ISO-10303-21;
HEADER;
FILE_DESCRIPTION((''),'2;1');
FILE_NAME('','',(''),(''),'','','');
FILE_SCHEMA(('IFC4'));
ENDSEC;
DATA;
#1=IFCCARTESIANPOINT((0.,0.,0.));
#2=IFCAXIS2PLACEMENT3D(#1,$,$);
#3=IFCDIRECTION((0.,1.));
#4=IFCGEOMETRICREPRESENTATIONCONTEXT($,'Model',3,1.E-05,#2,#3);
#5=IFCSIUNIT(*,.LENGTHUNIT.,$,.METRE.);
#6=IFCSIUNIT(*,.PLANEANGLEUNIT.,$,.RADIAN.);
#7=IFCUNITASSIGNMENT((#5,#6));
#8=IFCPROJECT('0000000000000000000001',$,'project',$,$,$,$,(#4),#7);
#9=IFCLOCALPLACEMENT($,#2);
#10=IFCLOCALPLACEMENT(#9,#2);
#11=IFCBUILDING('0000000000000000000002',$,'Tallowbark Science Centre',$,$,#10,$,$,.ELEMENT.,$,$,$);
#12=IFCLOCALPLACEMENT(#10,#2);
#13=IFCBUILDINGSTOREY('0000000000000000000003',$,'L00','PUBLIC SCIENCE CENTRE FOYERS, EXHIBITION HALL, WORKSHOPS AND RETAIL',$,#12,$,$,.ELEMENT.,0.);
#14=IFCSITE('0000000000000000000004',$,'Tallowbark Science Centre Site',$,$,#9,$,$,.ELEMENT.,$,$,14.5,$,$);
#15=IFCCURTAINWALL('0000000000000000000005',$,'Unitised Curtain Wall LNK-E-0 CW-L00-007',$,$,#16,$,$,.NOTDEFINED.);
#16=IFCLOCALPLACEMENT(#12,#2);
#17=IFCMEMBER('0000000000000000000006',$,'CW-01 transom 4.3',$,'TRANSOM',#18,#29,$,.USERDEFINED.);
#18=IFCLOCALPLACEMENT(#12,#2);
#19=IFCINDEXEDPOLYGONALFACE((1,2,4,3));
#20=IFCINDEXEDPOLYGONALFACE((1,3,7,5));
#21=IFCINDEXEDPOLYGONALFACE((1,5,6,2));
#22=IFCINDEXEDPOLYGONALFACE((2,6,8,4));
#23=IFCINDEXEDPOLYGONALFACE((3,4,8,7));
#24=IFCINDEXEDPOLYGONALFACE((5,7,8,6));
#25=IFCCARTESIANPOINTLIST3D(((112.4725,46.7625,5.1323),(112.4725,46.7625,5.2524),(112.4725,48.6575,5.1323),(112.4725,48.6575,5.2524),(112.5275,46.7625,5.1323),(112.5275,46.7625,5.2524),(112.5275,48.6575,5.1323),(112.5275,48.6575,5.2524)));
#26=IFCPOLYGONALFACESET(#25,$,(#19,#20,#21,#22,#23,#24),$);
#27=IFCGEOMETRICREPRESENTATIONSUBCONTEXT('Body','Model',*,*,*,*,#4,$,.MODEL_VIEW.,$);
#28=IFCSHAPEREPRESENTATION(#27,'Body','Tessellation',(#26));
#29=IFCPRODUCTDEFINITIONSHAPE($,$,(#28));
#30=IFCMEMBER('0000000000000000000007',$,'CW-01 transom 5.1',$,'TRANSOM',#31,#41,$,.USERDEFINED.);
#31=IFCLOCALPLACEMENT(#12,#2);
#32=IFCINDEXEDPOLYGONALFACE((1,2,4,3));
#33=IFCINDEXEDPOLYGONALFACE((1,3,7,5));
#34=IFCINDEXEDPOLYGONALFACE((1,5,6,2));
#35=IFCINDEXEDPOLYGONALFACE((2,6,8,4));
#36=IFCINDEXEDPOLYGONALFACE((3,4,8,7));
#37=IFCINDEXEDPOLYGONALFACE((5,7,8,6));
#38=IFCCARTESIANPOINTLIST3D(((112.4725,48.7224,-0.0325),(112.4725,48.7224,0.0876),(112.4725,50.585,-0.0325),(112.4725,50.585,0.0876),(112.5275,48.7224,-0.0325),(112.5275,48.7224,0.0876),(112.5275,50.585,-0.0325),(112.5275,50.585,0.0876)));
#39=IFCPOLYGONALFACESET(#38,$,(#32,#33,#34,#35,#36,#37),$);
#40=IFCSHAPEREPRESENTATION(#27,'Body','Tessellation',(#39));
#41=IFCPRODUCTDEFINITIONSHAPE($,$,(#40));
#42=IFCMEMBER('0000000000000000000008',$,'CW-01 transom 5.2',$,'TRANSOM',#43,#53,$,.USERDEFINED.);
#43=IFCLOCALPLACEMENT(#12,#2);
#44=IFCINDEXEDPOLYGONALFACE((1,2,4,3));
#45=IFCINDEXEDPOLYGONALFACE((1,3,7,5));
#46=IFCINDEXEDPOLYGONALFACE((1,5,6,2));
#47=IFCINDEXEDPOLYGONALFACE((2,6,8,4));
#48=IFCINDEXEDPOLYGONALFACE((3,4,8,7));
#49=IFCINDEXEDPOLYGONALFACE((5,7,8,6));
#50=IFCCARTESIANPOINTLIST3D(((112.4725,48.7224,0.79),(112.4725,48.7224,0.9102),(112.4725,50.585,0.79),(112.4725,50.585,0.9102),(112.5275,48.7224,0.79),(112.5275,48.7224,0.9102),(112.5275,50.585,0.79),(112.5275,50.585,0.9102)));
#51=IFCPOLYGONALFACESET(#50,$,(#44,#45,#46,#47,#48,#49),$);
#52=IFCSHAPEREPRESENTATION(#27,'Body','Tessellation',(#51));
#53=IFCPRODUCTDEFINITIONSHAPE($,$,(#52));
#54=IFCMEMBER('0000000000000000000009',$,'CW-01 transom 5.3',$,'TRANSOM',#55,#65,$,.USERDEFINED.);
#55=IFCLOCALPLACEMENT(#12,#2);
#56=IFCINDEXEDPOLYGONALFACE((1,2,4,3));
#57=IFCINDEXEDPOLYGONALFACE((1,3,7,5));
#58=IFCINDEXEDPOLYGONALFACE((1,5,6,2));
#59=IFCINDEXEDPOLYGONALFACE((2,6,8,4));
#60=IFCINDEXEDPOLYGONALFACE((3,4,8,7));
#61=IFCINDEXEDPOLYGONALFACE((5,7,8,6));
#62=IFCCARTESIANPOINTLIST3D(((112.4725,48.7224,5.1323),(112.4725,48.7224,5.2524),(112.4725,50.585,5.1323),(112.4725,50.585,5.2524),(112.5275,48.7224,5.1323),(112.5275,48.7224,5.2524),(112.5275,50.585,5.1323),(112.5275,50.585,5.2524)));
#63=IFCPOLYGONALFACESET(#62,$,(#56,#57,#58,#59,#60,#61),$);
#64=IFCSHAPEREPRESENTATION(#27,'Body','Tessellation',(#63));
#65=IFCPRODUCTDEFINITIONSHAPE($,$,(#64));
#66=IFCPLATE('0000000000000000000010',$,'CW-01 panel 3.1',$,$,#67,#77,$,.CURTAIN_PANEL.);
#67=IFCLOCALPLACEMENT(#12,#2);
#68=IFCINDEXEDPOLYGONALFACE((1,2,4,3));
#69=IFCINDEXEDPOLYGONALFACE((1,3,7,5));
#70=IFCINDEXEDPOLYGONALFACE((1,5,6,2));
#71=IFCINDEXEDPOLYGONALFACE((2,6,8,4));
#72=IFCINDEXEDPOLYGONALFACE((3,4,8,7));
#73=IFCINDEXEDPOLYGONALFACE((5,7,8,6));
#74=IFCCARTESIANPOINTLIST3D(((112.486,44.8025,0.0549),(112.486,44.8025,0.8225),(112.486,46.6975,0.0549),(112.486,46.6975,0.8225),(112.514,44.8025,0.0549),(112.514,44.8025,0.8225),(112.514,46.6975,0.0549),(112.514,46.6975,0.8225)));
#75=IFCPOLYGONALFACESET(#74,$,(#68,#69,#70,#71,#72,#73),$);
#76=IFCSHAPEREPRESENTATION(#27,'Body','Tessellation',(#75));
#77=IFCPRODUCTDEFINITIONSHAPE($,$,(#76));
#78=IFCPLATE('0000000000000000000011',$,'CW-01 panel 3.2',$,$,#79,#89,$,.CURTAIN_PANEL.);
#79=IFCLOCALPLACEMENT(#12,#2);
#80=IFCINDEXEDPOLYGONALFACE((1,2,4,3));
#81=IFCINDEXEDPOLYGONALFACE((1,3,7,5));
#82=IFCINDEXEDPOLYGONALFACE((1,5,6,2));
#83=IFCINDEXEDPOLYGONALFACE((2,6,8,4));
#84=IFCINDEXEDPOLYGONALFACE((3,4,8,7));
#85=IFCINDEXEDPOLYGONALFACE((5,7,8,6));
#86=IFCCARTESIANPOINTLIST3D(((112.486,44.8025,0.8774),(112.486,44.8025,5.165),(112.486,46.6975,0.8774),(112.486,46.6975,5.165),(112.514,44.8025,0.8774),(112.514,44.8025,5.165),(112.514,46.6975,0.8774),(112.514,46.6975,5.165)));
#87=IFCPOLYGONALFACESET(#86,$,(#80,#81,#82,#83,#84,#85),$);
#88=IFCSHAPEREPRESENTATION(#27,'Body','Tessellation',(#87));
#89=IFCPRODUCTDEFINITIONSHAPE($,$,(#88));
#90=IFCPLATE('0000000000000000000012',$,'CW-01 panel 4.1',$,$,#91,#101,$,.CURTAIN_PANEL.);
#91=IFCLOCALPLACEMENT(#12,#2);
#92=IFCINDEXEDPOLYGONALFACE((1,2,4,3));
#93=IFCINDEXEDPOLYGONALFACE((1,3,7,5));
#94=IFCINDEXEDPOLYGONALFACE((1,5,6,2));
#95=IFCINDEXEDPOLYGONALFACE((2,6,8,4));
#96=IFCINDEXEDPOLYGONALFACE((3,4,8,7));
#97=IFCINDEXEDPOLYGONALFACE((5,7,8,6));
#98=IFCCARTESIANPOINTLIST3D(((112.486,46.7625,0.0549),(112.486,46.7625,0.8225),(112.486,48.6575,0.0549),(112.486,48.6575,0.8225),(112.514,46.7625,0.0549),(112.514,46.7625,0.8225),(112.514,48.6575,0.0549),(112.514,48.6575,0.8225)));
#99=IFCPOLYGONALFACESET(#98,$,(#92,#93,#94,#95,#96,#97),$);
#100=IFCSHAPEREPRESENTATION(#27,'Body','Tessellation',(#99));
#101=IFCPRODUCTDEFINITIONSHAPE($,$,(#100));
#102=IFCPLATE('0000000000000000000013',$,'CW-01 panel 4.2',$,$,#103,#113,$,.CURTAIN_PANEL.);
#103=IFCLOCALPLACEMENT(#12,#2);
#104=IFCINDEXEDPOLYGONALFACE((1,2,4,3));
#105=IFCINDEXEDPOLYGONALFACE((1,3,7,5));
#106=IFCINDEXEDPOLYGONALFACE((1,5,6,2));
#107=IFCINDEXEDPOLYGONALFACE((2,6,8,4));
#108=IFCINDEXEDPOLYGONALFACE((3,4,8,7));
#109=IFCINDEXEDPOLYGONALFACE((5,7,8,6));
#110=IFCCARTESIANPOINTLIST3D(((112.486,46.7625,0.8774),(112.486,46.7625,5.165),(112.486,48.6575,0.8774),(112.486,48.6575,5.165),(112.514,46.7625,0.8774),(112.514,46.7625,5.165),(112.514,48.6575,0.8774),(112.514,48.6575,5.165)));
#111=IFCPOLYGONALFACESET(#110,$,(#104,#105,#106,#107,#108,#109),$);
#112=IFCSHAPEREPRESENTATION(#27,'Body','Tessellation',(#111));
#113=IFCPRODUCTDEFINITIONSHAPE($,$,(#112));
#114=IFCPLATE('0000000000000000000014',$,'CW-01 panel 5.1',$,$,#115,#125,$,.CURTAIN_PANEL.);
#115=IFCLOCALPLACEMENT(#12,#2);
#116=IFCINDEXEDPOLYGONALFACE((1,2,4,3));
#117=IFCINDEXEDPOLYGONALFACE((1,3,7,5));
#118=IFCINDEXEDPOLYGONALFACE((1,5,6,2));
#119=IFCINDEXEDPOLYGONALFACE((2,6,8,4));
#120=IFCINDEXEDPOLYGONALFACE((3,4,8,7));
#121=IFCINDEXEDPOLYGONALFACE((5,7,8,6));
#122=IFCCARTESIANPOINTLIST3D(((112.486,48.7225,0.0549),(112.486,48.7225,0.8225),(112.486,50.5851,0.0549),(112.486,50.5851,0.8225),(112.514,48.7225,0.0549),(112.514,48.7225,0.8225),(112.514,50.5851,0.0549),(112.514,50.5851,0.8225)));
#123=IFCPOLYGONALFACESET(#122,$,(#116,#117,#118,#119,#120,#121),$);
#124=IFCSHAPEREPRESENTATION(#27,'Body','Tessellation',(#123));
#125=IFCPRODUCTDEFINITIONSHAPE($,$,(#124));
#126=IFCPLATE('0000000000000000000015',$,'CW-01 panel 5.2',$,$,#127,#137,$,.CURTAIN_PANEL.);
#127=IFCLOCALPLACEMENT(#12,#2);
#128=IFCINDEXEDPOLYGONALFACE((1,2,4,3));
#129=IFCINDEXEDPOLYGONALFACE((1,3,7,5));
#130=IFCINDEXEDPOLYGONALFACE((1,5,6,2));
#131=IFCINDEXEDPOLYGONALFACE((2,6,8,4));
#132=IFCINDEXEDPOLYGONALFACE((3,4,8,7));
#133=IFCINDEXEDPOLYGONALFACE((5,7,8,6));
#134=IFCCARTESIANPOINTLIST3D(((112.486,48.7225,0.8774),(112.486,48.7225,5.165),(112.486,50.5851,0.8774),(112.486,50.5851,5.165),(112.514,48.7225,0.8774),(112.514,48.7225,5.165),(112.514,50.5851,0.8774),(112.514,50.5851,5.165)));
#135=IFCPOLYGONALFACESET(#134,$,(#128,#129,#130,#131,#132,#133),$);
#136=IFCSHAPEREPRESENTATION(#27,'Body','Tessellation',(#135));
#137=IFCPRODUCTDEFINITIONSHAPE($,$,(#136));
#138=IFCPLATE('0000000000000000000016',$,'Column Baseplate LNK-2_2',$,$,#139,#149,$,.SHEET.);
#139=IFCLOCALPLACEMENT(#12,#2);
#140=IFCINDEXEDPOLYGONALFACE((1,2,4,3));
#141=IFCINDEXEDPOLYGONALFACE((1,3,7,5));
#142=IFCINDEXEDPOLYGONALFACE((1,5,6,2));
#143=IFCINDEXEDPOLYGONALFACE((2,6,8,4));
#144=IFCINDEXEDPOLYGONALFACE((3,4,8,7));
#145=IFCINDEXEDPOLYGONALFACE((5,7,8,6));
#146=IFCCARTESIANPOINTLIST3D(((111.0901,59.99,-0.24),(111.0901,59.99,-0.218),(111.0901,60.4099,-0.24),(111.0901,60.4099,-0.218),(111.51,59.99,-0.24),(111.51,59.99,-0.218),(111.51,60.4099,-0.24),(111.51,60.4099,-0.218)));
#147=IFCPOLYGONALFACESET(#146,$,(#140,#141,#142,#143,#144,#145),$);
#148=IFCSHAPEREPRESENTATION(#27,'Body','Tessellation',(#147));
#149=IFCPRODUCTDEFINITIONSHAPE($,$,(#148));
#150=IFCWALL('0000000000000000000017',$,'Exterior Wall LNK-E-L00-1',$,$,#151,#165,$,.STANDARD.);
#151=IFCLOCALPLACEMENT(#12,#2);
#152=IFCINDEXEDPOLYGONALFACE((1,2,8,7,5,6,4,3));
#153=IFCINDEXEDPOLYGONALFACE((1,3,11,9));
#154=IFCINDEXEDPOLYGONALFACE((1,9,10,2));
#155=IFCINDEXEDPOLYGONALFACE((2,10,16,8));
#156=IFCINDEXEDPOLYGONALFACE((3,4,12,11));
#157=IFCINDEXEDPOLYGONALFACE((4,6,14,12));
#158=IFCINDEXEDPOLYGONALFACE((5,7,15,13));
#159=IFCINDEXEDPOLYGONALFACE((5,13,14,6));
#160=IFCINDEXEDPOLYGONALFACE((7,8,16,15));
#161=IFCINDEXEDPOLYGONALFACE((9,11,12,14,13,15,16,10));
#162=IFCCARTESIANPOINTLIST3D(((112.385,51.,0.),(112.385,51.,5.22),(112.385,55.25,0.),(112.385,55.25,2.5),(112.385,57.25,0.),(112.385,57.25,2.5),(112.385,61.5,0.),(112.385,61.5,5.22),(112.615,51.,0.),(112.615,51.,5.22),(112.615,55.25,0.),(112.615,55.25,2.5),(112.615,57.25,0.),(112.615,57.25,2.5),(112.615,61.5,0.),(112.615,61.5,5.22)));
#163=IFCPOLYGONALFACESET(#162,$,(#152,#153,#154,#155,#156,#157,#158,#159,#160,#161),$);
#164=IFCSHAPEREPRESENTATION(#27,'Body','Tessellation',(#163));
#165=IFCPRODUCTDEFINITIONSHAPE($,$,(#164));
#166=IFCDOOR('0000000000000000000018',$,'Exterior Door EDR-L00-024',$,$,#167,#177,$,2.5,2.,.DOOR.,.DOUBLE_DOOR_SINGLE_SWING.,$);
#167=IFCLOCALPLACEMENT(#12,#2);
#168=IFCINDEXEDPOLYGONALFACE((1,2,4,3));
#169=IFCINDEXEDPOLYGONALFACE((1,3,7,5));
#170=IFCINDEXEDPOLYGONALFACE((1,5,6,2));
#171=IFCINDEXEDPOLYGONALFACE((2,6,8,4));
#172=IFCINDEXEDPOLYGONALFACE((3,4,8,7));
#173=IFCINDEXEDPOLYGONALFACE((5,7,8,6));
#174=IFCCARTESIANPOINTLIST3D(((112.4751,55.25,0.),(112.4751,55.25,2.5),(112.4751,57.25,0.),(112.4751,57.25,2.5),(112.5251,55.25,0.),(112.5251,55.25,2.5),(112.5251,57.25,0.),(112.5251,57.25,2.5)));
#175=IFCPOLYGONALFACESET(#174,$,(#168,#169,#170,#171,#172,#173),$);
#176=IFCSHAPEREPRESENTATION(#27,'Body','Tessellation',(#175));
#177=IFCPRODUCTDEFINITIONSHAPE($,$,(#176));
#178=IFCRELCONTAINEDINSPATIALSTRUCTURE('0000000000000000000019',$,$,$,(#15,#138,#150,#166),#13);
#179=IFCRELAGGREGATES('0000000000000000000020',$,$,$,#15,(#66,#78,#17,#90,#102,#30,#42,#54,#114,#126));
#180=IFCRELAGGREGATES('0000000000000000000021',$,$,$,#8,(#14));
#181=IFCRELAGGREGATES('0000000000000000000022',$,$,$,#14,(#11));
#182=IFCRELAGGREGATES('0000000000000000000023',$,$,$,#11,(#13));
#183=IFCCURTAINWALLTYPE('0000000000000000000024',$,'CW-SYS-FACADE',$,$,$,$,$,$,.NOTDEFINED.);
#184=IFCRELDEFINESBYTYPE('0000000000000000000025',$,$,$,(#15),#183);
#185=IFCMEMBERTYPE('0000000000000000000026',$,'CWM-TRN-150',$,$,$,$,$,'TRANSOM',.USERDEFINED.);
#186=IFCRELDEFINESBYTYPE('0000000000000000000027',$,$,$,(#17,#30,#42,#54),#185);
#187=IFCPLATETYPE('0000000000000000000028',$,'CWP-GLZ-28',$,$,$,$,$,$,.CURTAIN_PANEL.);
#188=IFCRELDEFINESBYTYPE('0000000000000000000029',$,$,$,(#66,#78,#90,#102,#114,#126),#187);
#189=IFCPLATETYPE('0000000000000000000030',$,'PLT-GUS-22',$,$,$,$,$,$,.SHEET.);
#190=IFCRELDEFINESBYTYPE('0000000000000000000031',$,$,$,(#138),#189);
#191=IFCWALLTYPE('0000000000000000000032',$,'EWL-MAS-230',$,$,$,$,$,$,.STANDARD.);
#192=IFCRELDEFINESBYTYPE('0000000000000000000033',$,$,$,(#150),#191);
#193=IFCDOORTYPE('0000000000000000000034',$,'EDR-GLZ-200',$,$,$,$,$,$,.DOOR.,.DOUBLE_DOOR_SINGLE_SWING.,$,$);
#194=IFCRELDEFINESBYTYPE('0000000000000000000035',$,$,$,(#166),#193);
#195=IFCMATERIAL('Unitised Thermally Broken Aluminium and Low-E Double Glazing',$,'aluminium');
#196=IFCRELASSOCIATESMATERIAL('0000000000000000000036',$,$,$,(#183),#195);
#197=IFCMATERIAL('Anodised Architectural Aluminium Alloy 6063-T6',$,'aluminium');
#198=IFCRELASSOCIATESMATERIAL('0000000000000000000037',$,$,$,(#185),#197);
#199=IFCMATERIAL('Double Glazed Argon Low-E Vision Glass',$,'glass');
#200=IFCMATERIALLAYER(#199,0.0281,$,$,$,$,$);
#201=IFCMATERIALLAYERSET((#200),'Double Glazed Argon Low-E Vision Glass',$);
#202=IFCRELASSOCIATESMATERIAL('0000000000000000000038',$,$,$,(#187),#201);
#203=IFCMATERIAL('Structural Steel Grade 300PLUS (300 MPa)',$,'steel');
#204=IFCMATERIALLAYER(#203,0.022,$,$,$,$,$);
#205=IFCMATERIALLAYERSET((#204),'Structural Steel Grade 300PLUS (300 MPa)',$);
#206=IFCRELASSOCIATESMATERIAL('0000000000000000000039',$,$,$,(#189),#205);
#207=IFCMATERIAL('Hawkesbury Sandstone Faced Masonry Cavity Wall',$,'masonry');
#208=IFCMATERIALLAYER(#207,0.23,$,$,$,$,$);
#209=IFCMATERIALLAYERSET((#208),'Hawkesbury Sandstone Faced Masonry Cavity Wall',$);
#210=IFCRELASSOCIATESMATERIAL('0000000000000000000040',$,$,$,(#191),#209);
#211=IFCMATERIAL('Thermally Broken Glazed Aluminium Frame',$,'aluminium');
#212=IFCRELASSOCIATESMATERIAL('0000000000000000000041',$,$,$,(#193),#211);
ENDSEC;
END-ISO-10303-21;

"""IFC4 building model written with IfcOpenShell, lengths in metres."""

from ifc_helpers import new_model, si_unit, direction, frame, frame_2d, origin, origin_2d, place, context, subcontext, project, spatial, rectangle, extrude, material, layer, layer_set, material_profile, profile_set, type_object, element, fill, aggregate, save


model = new_model("IFC4")

# Units and contexts
model_context = context("Model", 3, precision=1e-05, world=origin(), true_north=direction((0.0, 1.0)))
body_context = subcontext(model_context, "Body", "Model", "MODEL_VIEW")
ifc_project = project(units=[si_unit("LENGTHUNIT", "METRE"), si_unit("PLANEANGLEUNIT", "RADIAN")], contexts=[model_context])

# Site, building, storey
site_placement = place(None, origin())
site = spatial("IfcSite", under=ifc_project, at=site_placement, Name="Tallowbark Science Centre Site", CompositionType="ELEMENT", RefElevation=14.5)
building_placement = place(site_placement, origin())
building = spatial("IfcBuilding", under=site, at=building_placement, Name="Tallowbark Science Centre", CompositionType="ELEMENT")
storey_placement = place(building_placement, origin())
storey = spatial("IfcBuildingStorey", under=building, at=storey_placement, Name="L00", Description="PUBLIC SCIENCE CENTRE FOYERS, EXHIBITION HALL, WORKSHOPS AND RETAIL", CompositionType="ELEMENT", Elevation=0.0)

# Shared definitions
ifc_material_1 = material(Name="Structural Steel Grade 300PLUS (300 MPa)", Category="steel")

# Curtain wall, members, plates
ifc_material_2 = material(Name="Unitised Thermally Broken Aluminium and Low-E Double Glazing", Category="aluminium")
curtain_wall_type = type_object("IfcCurtainWallType", Name="CW-SYS-FACADE", PredefinedType="NOTDEFINED", material=ifc_material_2)
curtain_wall_placement = place(storey_placement, origin())
curtain_wall = element("IfcCurtainWall", 1, at=curtain_wall_placement, inside=storey, type_object=curtain_wall_type, Name="Unitised Curtain Wall LNK-E-0 CW-L00-007", PredefinedType="NOTDEFINED")
ifc_material_3 = material(Name="Anodised Architectural Aluminium Alloy 6063-T6", Category="aluminium")
ifc_material_profile_1 = material_profile(ifc_material_3, rectangle(XDim=0.0549, YDim=0.1201, at=origin_2d()), Name="ALU55x120")
ifc_profile_set_1 = profile_set([ifc_material_profile_1], Name="Anodised Architectural Aluminium Alloy 6063-T6")
member_type_1 = type_object("IfcMemberType", Name="CWM-TRN-150", ElementType="TRANSOM", PredefinedType="USERDEFINED", material=ifc_profile_set_1)
member_1_placement = place(storey_placement, frame((112.5, 46.7625, 5.1924), z_axis=(0.0, 1.0, 0.0), x_axis=(-1.0, 0.0, 0.0)))
member_1 = element("IfcMember", 2, at=member_1_placement, type_object=member_type_1, Name="CW-01 transom 4.3", ObjectType="TRANSOM", PredefinedType="USERDEFINED", context=body_context, shape_type="SweptSolid", body=[
    extrude(rectangle(XDim=0.0549, YDim=0.1201, at=origin_2d()), origin(), (0.0, 0.0, 1.0), 1.895),
])
member_2_placement = place(storey_placement, frame((112.5, 48.7224, 0.0276), z_axis=(0.0, 1.0, 0.0), x_axis=(-1.0, 0.0, 0.0)))
member_2 = element("IfcMember", 3, at=member_2_placement, type_object=member_type_1, Name="CW-01 transom 5.1", ObjectType="TRANSOM", PredefinedType="USERDEFINED", context=body_context, shape_type="SweptSolid", body=[
    extrude(rectangle(XDim=0.0549, YDim=0.1201, at=origin_2d()), origin(), (0.0, 0.0, 1.0), 1.8625),
])
member_3_placement = place(storey_placement, frame((112.5, 48.7224, 0.8501), z_axis=(0.0, 1.0, 0.0), x_axis=(-1.0, 0.0, 0.0)))
member_3 = element("IfcMember", 4, at=member_3_placement, type_object=member_type_1, Name="CW-01 transom 5.2", ObjectType="TRANSOM", PredefinedType="USERDEFINED", context=body_context, shape_type="SweptSolid", body=[
    extrude(rectangle(XDim=0.0549, YDim=0.1201, at=origin_2d()), origin(), (0.0, 0.0, 1.0), 1.8625),
])
member_4_placement = place(storey_placement, frame((112.5, 48.7224, 5.1924), z_axis=(0.0, 1.0, 0.0), x_axis=(-1.0, 0.0, 0.0)))
member_4 = element("IfcMember", 5, at=member_4_placement, type_object=member_type_1, Name="CW-01 transom 5.3", ObjectType="TRANSOM", PredefinedType="USERDEFINED", context=body_context, shape_type="SweptSolid", body=[
    extrude(rectangle(XDim=0.0549, YDim=0.1201, at=origin_2d()), origin(), (0.0, 0.0, 1.0), 1.8625),
])
ifc_material_4 = material(Name="Double Glazed Argon Low-E Vision Glass", Category="glass")
ifc_layer_1 = layer(ifc_material_4, 0.0281)
ifc_layer_set_1 = layer_set([ifc_layer_1], Name="Double Glazed Argon Low-E Vision Glass")
plate_type_1 = type_object("IfcPlateType", Name="CWP-GLZ-28", PredefinedType="CURTAIN_PANEL", material=ifc_layer_set_1)
plate_1_placement = place(storey_placement, frame((112.5, 45.75, 0.0549), z_axis=(0.0, 0.0, 1.0), x_axis=(0.0, 1.0, 0.0)))
plate_1 = element("IfcPlate", 6, at=plate_1_placement, type_object=plate_type_1, Name="CW-01 panel 3.1", PredefinedType="CURTAIN_PANEL", context=body_context, shape_type="SweptSolid", body=[
    extrude(rectangle(XDim=1.895, YDim=0.0281, at=origin_2d()), origin(), (0.0, 0.0, 1.0), 0.7676),
])
plate_2_placement = place(storey_placement, frame((112.5, 45.75, 0.8774), z_axis=(0.0, 0.0, 1.0), x_axis=(0.0, 1.0, 0.0)))
plate_2 = element("IfcPlate", 7, at=plate_2_placement, type_object=plate_type_1, Name="CW-01 panel 3.2", PredefinedType="CURTAIN_PANEL", context=body_context, shape_type="SweptSolid", body=[
    extrude(rectangle(XDim=1.895, YDim=0.0281, at=origin_2d()), origin(), (0.0, 0.0, 1.0), 4.2876),
])
plate_3_placement = place(storey_placement, frame((112.5, 47.71, 0.0549), z_axis=(0.0, 0.0, 1.0), x_axis=(0.0, 1.0, 0.0)))
plate_3 = element("IfcPlate", 8, at=plate_3_placement, type_object=plate_type_1, Name="CW-01 panel 4.1", PredefinedType="CURTAIN_PANEL", context=body_context, shape_type="SweptSolid", body=[
    extrude(rectangle(XDim=1.895, YDim=0.0281, at=origin_2d()), origin(), (0.0, 0.0, 1.0), 0.7676),
])
plate_4_placement = place(storey_placement, frame((112.5, 47.71, 0.8774), z_axis=(0.0, 0.0, 1.0), x_axis=(0.0, 1.0, 0.0)))
plate_4 = element("IfcPlate", 9, at=plate_4_placement, type_object=plate_type_1, Name="CW-01 panel 4.2", PredefinedType="CURTAIN_PANEL", context=body_context, shape_type="SweptSolid", body=[
    extrude(rectangle(XDim=1.895, YDim=0.0281, at=origin_2d()), origin(), (0.0, 0.0, 1.0), 4.2876),
])
plate_5_placement = place(storey_placement, frame((112.5, 49.6538, 0.0549), z_axis=(0.0, 0.0, 1.0), x_axis=(0.0, 1.0, 0.0)))
plate_5 = element("IfcPlate", 10, at=plate_5_placement, type_object=plate_type_1, Name="CW-01 panel 5.1", PredefinedType="CURTAIN_PANEL", context=body_context, shape_type="SweptSolid", body=[
    extrude(rectangle(XDim=1.8625, YDim=0.0281, at=origin_2d()), origin(), (0.0, 0.0, 1.0), 0.7676),
])
plate_6_placement = place(storey_placement, frame((112.5, 49.6538, 0.8774), z_axis=(0.0, 0.0, 1.0), x_axis=(0.0, 1.0, 0.0)))
plate_6 = element("IfcPlate", 11, at=plate_6_placement, type_object=plate_type_1, Name="CW-01 panel 5.2", PredefinedType="CURTAIN_PANEL", context=body_context, shape_type="SweptSolid", body=[
    extrude(rectangle(XDim=1.8625, YDim=0.0281, at=origin_2d()), origin(), (0.0, 0.0, 1.0), 4.2876),
])
aggregate(curtain_wall, [plate_1, plate_2, member_1, plate_3, plate_4, member_2, member_3, member_4, plate_5, plate_6])

# Plate
ifc_layer_2 = layer(ifc_material_1, 0.022)
ifc_layer_set_2 = layer_set([ifc_layer_2], Name="Structural Steel Grade 300PLUS (300 MPa)")
plate_type_2 = type_object("IfcPlateType", Name="PLT-GUS-22", PredefinedType="SHEET", material=ifc_layer_set_2)
plate_7_placement = place(storey_placement, frame((111.3, 60.2, -0.24), z_axis=(0.0, 0.0, 1.0), x_axis=(1.0, 0.0, 0.0)))
element("IfcPlate", 12, at=plate_7_placement, inside=storey, type_object=plate_type_2, Name="Column Baseplate LNK-2_2", PredefinedType="SHEET", context=body_context, shape_type="SweptSolid", body=[
    extrude(rectangle(XDim=0.4199, YDim=0.4199, at=origin_2d()), origin(), (0.0, 0.0, 1.0), 0.022),
])

# Wall, opening, door
ifc_material_5 = material(Name="Hawkesbury Sandstone Faced Masonry Cavity Wall", Category="masonry")
ifc_layer_3 = layer(ifc_material_5, 0.23)
ifc_layer_set_3 = layer_set([ifc_layer_3], Name="Hawkesbury Sandstone Faced Masonry Cavity Wall")
wall_type = type_object("IfcWallType", Name="EWL-MAS-230", PredefinedType="STANDARD", material=ifc_layer_set_3)
wall_placement = place(storey_placement, frame((112.5, 51.0, 0.0), z_axis=(0.0, 0.0, 1.0), x_axis=(0.0, 1.0, 0.0)))
wall = element("IfcWall", 13, at=wall_placement, inside=storey, type_object=wall_type, Name="Exterior Wall LNK-E-L00-1", PredefinedType="STANDARD", context=body_context, shape_type="SweptSolid", body=[
    extrude(rectangle(XDim=10.5, YDim=0.23, at=frame_2d((5.25, 0.0))), origin(), (0.0, 0.0, 1.0), 5.22),
])
opening_placement = place(wall_placement, frame((4.25, 0.0, 0.0)))
opening = element("IfcOpeningElement", 14, at=opening_placement, cuts=wall, PredefinedType="OPENING", context=body_context, shape_type="SweptSolid", body=[
    extrude(rectangle(XDim=2.0, YDim=2.5, at=frame_2d((1.0, 1.25))), frame((0.0, 0.125, 0.0), z_axis=(0.0, -1.0, 0.0), x_axis=(1.0, 0.0, 0.0)), (0.0, 0.0, 1.0), 0.25),
])
ifc_material_6 = material(Name="Thermally Broken Glazed Aluminium Frame", Category="aluminium")
door_type = type_object("IfcDoorType", Name="EDR-GLZ-200", OperationType="DOUBLE_DOOR_SINGLE_SWING", PredefinedType="DOOR", material=ifc_material_6)
door_placement = place(opening_placement, origin())
door = element("IfcDoor", 15, at=door_placement, inside=storey, type_object=door_type, Name="Exterior Door EDR-L00-024", OperationType="DOUBLE_DOOR_SINGLE_SWING", OverallHeight=2.5, OverallWidth=2.0, PredefinedType="DOOR", context=body_context, shape_type="SweptSolid", body=[
    extrude(rectangle(XDim=2.0, YDim=2.5, at=frame_2d((1.0, 1.25))), frame((0.0, 0.0249, 0.0), z_axis=(0.0, -1.0, 0.0), x_axis=(1.0, 0.0, 0.0)), (0.0, 0.0, 1.0), 0.05),
])
fill(opening, door)

save(model, "model.ifc")
